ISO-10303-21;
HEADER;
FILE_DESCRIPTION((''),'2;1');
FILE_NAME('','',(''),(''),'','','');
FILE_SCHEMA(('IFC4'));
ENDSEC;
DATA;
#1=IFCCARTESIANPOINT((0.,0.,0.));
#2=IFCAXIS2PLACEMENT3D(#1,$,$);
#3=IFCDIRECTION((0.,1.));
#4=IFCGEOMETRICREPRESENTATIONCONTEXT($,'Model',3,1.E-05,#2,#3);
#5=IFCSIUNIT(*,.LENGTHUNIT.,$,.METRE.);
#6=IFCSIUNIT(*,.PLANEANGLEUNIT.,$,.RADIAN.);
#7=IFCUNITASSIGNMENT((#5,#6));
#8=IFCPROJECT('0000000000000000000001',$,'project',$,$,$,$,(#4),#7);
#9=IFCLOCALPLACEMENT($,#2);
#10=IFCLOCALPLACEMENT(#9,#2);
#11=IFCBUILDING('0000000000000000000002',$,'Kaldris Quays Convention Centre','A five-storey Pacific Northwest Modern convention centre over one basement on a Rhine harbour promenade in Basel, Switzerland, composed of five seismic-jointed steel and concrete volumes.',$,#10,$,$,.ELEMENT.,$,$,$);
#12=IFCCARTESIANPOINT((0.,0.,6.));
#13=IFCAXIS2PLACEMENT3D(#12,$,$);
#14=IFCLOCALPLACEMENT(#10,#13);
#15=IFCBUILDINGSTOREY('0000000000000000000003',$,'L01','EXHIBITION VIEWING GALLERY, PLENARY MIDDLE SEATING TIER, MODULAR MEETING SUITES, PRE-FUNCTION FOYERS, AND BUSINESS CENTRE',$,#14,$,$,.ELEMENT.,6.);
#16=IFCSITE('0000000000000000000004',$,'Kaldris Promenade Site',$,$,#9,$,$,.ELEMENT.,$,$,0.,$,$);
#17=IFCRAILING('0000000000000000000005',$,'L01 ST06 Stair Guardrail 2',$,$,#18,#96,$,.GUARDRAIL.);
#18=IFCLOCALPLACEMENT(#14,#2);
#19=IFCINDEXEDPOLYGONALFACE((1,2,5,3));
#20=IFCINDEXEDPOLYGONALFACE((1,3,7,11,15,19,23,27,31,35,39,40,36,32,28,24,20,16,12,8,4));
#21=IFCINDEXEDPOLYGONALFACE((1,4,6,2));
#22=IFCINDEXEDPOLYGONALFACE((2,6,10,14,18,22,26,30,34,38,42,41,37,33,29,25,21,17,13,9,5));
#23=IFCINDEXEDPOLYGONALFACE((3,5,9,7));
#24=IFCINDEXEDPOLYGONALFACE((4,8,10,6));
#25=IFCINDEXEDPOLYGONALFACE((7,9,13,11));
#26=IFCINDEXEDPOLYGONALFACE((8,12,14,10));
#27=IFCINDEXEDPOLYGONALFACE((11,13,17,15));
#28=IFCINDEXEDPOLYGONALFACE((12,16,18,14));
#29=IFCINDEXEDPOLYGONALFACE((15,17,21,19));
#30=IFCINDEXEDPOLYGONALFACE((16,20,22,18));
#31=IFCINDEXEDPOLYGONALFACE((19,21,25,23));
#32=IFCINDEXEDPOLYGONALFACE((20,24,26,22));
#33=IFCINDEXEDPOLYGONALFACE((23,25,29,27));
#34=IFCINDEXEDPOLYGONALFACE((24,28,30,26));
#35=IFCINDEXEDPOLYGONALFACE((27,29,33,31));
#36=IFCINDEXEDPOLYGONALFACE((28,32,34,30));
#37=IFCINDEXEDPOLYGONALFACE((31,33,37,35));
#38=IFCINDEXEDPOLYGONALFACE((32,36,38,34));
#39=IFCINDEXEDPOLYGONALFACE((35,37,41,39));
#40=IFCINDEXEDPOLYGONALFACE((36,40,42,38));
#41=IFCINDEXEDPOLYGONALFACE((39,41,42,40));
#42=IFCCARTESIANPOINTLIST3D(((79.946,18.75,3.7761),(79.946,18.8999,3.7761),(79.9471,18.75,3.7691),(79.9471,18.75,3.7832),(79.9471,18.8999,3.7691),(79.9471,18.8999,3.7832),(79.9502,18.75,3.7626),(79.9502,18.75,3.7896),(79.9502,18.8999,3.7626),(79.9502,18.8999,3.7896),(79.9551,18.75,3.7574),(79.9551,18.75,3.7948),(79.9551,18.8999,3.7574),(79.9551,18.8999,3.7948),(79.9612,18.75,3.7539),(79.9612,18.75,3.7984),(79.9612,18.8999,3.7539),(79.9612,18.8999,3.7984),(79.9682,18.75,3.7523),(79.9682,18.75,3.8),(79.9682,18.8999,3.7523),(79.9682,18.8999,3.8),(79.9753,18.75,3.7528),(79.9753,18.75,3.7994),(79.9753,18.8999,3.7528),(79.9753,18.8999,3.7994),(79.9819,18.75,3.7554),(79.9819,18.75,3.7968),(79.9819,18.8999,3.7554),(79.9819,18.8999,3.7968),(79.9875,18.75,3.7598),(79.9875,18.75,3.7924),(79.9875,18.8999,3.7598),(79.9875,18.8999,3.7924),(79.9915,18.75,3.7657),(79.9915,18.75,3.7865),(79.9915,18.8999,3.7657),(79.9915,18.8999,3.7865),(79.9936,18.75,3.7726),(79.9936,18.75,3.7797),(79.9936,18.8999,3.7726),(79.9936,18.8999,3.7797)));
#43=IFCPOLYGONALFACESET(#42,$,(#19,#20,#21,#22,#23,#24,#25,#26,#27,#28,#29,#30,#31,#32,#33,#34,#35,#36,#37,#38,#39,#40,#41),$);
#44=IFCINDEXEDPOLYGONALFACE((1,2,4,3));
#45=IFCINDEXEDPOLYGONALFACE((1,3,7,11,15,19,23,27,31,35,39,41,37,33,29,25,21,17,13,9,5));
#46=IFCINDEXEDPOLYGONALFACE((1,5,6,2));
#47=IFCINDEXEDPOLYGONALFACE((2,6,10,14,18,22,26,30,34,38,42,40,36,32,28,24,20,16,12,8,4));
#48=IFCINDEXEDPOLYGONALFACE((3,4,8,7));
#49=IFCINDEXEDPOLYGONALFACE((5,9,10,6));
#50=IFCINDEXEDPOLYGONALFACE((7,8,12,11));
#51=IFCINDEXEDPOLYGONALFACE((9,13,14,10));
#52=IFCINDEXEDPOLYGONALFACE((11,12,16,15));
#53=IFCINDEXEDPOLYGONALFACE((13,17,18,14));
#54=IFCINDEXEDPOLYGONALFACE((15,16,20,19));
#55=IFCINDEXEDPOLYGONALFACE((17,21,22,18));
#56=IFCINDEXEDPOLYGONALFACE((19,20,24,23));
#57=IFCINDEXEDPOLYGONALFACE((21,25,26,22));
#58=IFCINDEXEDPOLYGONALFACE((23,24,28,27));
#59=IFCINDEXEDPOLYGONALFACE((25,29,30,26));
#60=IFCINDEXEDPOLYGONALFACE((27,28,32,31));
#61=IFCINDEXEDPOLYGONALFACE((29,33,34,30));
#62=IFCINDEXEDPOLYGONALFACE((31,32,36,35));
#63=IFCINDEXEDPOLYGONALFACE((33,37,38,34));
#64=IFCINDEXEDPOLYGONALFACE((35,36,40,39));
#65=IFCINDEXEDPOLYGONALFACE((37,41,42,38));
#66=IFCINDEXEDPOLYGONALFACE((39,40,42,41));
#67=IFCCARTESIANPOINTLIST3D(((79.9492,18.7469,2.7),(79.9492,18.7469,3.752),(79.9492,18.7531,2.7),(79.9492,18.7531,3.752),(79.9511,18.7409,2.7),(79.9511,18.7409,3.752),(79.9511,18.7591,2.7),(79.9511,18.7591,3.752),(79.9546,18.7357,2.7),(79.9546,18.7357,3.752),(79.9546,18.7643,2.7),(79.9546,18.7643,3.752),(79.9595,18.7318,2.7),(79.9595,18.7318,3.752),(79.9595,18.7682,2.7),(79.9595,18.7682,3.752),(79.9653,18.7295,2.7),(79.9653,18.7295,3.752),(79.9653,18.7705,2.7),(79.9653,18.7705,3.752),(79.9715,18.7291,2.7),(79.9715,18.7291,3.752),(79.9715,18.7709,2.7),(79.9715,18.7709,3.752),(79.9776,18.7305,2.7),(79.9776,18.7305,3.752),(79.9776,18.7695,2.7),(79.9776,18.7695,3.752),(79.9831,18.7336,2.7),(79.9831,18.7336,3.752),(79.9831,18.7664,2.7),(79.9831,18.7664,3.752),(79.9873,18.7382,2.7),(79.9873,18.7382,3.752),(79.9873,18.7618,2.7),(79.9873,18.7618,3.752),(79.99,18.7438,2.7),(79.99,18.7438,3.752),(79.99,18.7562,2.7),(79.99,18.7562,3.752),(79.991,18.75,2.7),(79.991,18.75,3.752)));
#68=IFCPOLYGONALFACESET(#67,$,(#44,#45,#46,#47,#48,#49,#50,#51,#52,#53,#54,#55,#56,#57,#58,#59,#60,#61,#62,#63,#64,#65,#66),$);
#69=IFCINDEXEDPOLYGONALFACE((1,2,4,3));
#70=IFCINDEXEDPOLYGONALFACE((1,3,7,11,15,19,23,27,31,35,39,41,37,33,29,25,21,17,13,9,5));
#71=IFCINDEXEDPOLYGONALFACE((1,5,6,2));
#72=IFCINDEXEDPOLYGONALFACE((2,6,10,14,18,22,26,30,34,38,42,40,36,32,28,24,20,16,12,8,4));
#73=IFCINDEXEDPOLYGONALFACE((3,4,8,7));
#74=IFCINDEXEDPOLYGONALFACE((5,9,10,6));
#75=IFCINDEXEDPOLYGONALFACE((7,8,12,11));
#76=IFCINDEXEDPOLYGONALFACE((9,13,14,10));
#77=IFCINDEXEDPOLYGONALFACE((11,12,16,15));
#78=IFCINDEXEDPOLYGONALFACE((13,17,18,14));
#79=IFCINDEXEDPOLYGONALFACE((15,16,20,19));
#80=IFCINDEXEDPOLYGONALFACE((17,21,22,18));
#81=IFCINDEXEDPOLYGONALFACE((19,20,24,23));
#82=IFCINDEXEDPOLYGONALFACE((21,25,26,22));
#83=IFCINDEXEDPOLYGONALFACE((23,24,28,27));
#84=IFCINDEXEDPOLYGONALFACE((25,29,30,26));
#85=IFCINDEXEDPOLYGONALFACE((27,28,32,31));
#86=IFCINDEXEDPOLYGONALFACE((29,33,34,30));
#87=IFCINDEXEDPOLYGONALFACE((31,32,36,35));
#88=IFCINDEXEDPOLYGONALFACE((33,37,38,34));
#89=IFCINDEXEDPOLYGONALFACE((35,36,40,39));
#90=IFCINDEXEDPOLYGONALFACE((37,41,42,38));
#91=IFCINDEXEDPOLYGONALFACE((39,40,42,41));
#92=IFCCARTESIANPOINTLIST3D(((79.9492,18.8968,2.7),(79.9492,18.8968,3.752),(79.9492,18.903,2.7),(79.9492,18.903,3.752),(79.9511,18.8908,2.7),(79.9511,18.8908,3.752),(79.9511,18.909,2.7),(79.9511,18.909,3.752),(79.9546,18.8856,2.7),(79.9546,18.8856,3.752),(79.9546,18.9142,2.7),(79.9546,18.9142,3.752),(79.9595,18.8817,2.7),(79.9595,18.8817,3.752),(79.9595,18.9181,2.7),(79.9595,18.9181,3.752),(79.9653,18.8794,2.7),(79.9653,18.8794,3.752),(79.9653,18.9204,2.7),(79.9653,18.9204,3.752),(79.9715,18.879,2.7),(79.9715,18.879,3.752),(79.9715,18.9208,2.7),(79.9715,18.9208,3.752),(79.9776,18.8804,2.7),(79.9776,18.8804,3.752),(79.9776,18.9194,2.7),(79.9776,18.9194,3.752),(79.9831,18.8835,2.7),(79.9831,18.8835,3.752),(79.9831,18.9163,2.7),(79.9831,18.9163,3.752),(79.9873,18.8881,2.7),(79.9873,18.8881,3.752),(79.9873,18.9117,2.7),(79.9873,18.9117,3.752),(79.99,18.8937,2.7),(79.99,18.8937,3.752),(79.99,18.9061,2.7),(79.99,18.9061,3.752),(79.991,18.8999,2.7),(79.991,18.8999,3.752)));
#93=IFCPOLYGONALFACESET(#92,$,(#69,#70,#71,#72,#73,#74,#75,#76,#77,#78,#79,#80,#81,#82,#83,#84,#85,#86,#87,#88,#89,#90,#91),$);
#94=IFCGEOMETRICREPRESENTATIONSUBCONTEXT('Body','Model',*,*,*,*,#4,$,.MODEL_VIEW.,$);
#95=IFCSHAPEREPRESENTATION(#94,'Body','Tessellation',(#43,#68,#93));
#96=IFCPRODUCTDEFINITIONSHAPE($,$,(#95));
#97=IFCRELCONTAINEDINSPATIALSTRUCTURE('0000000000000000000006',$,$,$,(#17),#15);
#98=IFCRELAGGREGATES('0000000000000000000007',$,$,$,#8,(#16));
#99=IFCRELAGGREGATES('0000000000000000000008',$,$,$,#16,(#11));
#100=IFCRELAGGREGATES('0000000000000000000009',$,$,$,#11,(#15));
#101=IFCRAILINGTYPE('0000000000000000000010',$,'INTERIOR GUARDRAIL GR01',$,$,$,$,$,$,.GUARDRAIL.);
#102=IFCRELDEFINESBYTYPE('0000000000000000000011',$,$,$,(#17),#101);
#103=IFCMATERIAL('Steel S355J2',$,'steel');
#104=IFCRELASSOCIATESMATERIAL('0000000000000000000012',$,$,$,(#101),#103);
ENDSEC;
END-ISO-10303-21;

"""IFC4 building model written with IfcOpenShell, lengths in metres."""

from ifc_helpers import new_model, si_unit, direction, frame, origin, origin_2d, place, context, subcontext, project, spatial, circle, extrude, material, type_object, element, save


model = new_model("IFC4")

# Units and contexts
model_context = context("Model", 3, precision=1e-05, world=origin(), true_north=direction((0.0, 1.0)))
body_context = subcontext(model_context, "Body", "Model", "MODEL_VIEW")
ifc_project = project(units=[si_unit("LENGTHUNIT", "METRE"), si_unit("PLANEANGLEUNIT", "RADIAN")], contexts=[model_context])

# Site, building, storey
site_placement = place(None, origin())
site = spatial("IfcSite", under=ifc_project, at=site_placement, Name="Kaldris Promenade Site", CompositionType="ELEMENT", RefElevation=0.0)
building_placement = place(site_placement, origin())
building = spatial("IfcBuilding", under=site, at=building_placement, Name="Kaldris Quays Convention Centre", Description="A five-storey Pacific Northwest Modern convention centre over one basement on a Rhine harbour promenade in Basel, Switzerland, composed of five seismic-jointed steel and concrete volumes.", CompositionType="ELEMENT")
storey_placement = place(building_placement, frame((0.0, 0.0, 6.0)))
storey = spatial("IfcBuildingStorey", under=building, at=storey_placement, Name="L01", Description="EXHIBITION VIEWING GALLERY, PLENARY MIDDLE SEATING TIER, MODULAR MEETING SUITES, PRE-FUNCTION FOYERS, AND BUSINESS CENTRE", CompositionType="ELEMENT", Elevation=6.0)

# Shared definitions
ifc_material_1 = material(Name="Steel S355J2", Category="steel")

# Railing
railing_type_1 = type_object("IfcRailingType", Name="INTERIOR GUARDRAIL GR01", PredefinedType="GUARDRAIL", material=ifc_material_1)
railing_1_placement = place(storey_placement, frame((79.97, 18.75, 2.7)))
element("IfcRailing", 1, at=railing_1_placement, inside=storey, type_object=railing_type_1, Name="L01 ST06 Stair Guardrail 2", PredefinedType="GUARDRAIL", context=body_context, shape_type="SweptSolid", body=[
    extrude(circle(Radius=0.0239, at=origin_2d()), frame((0.0, 0.0, 1.0762), z_axis=(0.0, 1.0, 0.0), x_axis=(-1.0, 0.0, 0.0)), (0.0, 0.0, 1.0), 0.1499),
    extrude(circle(Radius=0.021, at=origin_2d()), origin(), (0.0, 0.0, 1.0), 1.052),
    extrude(circle(Radius=0.021, at=origin_2d()), frame((0.0, 0.1499, 0.0)), (0.0, 0.0, 1.0), 1.052),
])

save(model, "model.ifc")
